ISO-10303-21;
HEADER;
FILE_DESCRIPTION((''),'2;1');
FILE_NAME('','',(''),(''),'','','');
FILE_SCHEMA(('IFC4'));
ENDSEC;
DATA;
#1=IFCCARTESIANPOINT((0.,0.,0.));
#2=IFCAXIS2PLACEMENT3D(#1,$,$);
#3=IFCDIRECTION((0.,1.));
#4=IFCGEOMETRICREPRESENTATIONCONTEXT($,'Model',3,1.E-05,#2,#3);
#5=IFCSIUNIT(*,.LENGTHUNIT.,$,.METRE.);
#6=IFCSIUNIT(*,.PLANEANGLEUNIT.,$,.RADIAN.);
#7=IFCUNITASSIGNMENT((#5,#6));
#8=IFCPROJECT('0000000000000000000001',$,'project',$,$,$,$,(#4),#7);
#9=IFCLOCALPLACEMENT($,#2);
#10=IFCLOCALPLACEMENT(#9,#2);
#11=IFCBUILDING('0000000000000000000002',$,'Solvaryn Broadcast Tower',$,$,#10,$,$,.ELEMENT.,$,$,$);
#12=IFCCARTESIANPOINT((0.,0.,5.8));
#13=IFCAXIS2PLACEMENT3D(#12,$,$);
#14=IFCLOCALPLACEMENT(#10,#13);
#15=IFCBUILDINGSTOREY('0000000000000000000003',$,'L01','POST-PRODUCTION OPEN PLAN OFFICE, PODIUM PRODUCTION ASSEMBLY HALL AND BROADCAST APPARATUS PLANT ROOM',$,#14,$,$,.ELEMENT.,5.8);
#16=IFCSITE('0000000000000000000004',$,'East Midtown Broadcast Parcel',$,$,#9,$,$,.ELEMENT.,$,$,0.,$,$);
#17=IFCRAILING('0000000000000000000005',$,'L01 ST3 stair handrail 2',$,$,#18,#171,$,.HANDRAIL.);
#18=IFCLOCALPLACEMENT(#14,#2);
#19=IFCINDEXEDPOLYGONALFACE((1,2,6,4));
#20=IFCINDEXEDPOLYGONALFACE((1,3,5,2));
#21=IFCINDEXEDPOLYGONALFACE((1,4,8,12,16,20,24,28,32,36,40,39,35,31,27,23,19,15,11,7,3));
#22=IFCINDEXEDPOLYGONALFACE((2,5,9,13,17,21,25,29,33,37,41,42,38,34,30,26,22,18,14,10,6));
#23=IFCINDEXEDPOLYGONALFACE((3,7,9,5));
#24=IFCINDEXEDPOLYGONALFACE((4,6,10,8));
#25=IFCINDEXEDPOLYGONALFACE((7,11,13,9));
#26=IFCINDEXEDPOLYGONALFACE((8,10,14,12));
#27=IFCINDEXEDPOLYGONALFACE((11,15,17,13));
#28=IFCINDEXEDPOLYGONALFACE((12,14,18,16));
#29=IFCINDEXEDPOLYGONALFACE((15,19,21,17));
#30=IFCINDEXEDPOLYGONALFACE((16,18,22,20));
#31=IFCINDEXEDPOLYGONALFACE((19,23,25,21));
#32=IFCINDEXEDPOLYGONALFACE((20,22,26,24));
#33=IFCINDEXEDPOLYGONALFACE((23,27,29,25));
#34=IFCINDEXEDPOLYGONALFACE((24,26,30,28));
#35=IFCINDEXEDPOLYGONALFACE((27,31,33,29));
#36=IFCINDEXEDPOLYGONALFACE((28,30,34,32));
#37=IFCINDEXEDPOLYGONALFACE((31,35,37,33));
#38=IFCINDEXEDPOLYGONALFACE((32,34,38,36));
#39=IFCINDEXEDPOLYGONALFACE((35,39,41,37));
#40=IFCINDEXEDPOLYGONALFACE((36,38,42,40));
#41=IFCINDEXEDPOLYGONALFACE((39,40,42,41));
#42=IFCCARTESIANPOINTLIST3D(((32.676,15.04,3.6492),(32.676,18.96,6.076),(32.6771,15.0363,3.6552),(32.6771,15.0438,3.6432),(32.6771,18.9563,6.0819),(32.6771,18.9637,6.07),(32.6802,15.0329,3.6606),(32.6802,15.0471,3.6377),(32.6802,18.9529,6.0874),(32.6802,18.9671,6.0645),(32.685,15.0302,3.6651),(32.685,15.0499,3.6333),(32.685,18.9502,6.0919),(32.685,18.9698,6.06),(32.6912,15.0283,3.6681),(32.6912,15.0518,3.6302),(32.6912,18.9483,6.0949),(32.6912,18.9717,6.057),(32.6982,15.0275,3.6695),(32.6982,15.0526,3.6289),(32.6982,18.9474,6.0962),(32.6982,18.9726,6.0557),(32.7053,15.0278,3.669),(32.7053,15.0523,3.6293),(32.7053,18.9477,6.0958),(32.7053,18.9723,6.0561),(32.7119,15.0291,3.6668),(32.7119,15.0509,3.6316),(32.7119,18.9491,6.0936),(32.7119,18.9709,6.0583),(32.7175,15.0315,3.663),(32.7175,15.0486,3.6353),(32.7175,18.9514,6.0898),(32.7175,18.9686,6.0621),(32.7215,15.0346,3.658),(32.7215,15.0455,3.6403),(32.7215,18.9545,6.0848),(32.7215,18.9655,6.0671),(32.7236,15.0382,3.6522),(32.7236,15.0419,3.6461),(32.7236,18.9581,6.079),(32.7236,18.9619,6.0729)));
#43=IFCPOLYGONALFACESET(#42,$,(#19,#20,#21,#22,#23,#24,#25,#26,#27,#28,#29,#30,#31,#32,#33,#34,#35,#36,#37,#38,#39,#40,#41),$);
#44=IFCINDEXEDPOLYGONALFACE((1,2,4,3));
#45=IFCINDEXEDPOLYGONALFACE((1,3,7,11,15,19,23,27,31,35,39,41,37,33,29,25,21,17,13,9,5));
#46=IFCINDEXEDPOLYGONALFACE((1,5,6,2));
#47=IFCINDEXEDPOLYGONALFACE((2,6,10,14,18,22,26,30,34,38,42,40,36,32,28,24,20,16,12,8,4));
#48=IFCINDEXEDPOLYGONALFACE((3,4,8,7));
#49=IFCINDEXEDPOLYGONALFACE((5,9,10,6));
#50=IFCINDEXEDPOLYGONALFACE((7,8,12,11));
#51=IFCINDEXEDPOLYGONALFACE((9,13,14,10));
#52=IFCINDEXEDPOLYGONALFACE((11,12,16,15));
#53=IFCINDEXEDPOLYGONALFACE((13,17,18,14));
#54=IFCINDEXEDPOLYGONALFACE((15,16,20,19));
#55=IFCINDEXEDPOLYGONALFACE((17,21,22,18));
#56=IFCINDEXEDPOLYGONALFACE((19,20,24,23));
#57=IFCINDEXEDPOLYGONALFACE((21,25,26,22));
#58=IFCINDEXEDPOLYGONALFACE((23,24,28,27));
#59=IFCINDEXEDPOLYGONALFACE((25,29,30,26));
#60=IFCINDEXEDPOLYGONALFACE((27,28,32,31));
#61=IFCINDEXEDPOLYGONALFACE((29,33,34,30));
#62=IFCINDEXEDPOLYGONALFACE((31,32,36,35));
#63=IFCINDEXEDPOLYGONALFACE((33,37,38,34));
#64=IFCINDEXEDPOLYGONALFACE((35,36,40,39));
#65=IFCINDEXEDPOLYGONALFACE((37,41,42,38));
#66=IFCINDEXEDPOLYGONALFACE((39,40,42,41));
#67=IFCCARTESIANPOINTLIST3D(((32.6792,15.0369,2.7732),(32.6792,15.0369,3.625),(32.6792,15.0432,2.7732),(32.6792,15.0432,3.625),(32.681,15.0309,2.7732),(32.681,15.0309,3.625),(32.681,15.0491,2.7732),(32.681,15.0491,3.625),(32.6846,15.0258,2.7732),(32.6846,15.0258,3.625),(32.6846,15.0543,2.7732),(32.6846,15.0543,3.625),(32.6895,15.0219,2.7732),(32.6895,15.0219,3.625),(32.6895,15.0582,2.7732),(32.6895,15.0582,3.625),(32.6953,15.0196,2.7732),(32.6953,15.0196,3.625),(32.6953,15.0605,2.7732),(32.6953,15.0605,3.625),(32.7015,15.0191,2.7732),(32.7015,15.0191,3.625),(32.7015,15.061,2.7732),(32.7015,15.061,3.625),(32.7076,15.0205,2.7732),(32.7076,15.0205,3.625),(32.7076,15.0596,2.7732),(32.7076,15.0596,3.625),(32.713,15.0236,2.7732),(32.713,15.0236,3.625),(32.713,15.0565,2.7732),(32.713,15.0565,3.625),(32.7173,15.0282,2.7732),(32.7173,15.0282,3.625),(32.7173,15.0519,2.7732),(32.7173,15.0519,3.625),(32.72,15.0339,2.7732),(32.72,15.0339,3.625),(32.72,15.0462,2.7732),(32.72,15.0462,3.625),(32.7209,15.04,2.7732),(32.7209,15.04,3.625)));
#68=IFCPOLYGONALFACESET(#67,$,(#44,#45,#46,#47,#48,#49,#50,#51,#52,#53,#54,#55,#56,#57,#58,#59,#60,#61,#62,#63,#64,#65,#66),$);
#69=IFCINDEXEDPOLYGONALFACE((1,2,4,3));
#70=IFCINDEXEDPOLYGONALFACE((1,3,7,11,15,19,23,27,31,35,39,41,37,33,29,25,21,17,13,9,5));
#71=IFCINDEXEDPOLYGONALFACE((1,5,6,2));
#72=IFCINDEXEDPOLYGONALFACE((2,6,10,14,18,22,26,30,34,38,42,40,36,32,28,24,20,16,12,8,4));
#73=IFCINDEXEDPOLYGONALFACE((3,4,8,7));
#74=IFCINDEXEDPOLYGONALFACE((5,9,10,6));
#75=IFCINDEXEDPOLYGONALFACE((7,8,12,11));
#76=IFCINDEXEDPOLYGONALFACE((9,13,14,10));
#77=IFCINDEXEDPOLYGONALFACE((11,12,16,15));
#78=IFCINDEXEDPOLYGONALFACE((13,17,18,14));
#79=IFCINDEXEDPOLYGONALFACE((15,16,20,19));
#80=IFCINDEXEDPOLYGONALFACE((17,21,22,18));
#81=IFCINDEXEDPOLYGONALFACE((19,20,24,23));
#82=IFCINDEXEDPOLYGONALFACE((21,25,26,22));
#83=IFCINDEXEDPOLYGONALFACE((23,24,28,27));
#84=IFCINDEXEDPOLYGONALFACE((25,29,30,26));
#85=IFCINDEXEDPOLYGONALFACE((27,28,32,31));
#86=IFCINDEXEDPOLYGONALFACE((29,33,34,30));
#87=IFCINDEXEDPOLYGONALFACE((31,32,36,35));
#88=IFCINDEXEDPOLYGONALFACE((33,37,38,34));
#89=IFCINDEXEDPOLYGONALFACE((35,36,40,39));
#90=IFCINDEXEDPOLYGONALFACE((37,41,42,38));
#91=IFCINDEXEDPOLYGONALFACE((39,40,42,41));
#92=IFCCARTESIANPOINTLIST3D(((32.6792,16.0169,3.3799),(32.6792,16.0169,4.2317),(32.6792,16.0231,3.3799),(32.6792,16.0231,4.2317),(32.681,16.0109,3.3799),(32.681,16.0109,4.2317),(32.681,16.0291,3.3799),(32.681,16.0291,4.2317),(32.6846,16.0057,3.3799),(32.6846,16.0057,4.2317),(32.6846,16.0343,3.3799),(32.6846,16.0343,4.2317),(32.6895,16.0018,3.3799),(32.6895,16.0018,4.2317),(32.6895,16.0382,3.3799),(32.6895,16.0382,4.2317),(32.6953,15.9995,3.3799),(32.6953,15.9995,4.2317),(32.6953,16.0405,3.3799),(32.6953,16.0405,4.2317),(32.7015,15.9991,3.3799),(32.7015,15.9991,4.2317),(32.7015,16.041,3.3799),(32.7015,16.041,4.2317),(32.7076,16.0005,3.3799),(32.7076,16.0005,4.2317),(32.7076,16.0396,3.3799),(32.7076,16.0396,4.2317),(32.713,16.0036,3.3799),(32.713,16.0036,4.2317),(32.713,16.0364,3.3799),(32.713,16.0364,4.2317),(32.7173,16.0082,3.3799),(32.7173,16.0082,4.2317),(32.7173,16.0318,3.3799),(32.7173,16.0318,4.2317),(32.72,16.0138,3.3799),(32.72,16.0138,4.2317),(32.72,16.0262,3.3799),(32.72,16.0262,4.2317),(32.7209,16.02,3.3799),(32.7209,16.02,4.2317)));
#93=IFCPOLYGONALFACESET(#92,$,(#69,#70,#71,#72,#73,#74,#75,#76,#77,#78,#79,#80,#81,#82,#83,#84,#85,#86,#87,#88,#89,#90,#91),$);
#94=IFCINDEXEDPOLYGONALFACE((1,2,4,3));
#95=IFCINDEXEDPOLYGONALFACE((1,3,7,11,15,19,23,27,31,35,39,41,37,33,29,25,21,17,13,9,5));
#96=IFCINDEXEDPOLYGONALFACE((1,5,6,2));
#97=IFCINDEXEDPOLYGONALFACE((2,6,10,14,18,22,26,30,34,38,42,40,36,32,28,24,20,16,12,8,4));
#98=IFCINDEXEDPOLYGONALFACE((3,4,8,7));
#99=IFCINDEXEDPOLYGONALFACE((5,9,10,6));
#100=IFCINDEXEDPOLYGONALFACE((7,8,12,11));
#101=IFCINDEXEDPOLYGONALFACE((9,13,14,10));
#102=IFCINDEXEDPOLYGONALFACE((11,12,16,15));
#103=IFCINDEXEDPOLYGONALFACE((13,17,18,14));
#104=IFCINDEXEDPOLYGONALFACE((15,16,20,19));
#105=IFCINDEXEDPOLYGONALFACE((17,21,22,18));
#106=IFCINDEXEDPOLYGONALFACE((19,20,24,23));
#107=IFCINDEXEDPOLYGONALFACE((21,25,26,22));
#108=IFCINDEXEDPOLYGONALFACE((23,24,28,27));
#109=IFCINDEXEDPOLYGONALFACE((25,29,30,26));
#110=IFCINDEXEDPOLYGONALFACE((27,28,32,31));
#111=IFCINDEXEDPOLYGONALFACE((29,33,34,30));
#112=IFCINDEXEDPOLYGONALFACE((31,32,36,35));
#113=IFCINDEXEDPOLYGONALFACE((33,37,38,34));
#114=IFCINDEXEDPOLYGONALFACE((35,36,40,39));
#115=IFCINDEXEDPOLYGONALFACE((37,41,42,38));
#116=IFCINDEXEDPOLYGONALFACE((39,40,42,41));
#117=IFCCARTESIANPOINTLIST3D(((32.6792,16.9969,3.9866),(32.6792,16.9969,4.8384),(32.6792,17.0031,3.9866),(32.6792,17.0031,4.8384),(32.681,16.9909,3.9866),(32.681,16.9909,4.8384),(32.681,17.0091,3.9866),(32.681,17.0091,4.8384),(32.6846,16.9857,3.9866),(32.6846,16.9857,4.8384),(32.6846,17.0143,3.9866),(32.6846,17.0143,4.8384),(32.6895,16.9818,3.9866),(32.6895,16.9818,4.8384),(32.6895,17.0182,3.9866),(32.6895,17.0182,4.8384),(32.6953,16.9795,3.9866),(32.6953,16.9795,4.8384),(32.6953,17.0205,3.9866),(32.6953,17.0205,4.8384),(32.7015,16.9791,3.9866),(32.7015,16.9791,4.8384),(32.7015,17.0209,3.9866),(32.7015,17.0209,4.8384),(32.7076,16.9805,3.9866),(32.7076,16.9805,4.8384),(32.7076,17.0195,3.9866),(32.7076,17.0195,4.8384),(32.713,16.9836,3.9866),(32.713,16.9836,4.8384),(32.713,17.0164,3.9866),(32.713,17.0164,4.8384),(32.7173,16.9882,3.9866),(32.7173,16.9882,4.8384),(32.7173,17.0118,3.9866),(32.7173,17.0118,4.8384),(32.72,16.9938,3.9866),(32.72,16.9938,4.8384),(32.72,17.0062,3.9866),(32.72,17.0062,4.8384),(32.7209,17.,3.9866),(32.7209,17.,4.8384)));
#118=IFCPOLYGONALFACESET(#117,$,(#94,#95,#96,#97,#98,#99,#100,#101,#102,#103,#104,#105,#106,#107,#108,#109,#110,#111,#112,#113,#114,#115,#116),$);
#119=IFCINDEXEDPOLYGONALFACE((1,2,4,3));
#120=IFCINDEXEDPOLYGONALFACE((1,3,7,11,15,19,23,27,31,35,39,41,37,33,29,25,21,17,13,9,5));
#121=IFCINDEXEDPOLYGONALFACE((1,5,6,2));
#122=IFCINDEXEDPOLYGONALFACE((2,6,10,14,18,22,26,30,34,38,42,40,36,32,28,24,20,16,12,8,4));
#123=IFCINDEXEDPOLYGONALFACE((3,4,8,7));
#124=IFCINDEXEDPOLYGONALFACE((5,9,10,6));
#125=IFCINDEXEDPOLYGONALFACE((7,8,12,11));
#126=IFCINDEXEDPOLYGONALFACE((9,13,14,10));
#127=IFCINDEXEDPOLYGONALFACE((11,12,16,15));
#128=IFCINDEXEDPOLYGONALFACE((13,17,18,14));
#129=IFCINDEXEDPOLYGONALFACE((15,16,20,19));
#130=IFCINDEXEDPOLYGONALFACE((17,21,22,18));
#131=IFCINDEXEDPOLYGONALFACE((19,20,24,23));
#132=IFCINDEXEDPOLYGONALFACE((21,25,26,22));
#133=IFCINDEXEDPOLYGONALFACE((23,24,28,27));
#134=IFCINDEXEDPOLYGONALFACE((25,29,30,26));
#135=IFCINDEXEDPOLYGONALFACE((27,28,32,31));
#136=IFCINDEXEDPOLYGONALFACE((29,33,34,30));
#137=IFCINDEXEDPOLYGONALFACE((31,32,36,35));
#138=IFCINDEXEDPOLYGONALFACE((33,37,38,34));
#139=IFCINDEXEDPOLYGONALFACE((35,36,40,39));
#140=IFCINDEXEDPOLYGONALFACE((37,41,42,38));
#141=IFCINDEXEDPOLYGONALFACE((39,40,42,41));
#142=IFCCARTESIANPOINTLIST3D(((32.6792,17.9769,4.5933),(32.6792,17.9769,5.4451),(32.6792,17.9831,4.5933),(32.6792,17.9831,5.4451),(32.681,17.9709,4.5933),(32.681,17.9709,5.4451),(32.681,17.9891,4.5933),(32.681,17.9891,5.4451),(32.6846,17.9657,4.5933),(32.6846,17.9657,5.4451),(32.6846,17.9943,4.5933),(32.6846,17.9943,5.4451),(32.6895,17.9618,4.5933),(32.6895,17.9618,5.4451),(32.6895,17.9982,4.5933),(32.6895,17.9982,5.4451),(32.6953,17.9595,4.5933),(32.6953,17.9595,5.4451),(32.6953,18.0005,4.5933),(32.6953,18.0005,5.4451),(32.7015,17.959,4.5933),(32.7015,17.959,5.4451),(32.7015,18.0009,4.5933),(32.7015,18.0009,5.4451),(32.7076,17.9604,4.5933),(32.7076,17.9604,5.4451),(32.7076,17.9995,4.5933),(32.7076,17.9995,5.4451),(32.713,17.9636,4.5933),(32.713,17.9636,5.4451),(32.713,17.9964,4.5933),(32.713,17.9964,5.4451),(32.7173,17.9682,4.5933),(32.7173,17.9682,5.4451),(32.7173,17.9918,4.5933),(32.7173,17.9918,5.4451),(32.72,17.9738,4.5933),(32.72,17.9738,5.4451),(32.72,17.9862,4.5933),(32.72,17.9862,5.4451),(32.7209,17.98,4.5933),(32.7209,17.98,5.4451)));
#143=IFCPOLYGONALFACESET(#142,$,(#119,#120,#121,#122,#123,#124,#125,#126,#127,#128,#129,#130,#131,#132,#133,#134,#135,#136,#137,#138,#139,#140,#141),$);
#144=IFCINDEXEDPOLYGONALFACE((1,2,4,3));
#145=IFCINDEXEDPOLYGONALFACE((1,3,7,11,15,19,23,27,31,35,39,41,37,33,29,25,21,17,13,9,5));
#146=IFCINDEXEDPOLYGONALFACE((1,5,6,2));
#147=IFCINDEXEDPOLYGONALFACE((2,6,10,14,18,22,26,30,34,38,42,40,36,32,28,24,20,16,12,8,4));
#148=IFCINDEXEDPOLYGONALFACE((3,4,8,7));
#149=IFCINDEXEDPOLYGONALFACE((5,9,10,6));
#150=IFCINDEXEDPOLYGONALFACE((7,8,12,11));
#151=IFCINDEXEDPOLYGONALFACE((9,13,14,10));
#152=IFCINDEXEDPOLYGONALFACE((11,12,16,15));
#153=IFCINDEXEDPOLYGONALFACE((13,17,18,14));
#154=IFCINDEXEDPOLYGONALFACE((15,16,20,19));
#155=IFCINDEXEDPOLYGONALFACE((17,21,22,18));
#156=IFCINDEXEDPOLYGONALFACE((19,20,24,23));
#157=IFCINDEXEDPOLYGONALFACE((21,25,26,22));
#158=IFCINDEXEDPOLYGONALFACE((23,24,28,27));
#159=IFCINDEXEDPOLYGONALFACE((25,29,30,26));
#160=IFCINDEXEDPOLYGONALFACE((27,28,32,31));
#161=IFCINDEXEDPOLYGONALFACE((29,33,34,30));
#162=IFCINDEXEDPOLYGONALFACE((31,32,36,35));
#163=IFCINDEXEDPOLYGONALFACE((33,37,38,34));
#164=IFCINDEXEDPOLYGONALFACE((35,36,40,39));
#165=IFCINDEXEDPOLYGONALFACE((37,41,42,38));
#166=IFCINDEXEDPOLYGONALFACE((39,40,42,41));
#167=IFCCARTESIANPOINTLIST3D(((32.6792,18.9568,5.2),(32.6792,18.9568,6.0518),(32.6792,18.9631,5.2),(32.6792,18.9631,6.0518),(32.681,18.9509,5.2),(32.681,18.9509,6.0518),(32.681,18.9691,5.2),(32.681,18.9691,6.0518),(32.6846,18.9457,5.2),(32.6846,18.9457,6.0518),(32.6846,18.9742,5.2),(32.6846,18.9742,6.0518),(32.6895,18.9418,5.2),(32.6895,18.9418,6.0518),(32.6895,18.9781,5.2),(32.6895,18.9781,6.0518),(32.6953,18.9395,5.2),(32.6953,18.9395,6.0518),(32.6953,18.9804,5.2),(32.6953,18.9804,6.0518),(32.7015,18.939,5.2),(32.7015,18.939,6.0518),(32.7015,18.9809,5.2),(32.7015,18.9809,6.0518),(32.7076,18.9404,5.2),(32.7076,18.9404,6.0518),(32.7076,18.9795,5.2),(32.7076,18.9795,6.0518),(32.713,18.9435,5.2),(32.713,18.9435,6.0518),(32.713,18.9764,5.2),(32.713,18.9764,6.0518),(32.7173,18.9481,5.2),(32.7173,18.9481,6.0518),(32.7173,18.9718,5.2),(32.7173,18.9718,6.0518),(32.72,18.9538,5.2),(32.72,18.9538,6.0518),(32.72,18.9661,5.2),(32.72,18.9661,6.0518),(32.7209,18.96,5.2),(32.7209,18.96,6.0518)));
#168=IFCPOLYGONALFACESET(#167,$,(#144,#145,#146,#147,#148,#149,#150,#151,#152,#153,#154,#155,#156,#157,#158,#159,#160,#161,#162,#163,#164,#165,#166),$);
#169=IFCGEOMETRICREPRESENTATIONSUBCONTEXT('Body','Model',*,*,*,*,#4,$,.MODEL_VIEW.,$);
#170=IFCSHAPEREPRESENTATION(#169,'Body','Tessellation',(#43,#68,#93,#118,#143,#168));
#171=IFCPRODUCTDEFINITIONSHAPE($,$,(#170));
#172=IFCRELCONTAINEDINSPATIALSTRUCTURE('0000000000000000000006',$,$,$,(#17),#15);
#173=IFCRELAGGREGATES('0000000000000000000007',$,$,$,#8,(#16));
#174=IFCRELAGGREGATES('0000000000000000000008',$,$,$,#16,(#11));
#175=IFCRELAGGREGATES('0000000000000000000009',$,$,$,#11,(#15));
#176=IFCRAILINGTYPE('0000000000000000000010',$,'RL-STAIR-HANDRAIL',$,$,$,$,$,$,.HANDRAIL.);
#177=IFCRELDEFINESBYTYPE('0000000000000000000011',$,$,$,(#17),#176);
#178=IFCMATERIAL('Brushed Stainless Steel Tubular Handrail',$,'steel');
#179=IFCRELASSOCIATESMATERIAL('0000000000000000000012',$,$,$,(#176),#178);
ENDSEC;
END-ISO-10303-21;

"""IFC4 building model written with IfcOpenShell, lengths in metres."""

from ifc_helpers import new_model, si_unit, direction, frame, origin, origin_2d, place, context, subcontext, project, spatial, circle, extrude, material, type_object, element, save


model = new_model("IFC4")

# Units and contexts
model_context = context("Model", 3, precision=1e-05, world=origin(), true_north=direction((0.0, 1.0)))
body_context = subcontext(model_context, "Body", "Model", "MODEL_VIEW")
ifc_project = project(units=[si_unit("LENGTHUNIT", "METRE"), si_unit("PLANEANGLEUNIT", "RADIAN")], contexts=[model_context])

# Site, building, storey
site_placement = place(None, origin())
site = spatial("IfcSite", under=ifc_project, at=site_placement, Name="East Midtown Broadcast Parcel", CompositionType="ELEMENT", RefElevation=0.0)
building_placement = place(site_placement, origin())
building = spatial("IfcBuilding", under=site, at=building_placement, Name="Solvaryn Broadcast Tower", CompositionType="ELEMENT")
storey_placement = place(building_placement, frame((0.0, 0.0, 5.8)))
storey = spatial("IfcBuildingStorey", under=building, at=storey_placement, Name="L01", Description="POST-PRODUCTION OPEN PLAN OFFICE, PODIUM PRODUCTION ASSEMBLY HALL AND BROADCAST APPARATUS PLANT ROOM", CompositionType="ELEMENT", Elevation=5.8)

# Railing
ifc_material_1 = material(Name="Brushed Stainless Steel Tubular Handrail", Category="steel")
railing_type_1 = type_object("IfcRailingType", Name="RL-STAIR-HANDRAIL", PredefinedType="HANDRAIL", material=ifc_material_1)
railing_1_placement = place(storey_placement, frame((32.7, 15.04, 2.7732)))
element("IfcRailing", 1, at=railing_1_placement, inside=storey, type_object=railing_type_1, Name="L01 ST3 stair handrail 2", PredefinedType="HANDRAIL", context=body_context, shape_type="SweptSolid", body=[
    extrude(circle(Radius=0.0239, at=origin_2d()), frame((0.0, 0.0, 0.876), z_axis=(0.0, 0.850252, 0.526376), x_axis=(-1.0, 0.0, 0.0)), (0.0, 0.0, 1.0), 4.6104),
    extrude(circle(Radius=0.021, at=origin_2d()), origin(), (0.0, 0.0, 1.0), 0.8518),
    extrude(circle(Radius=0.021, at=origin_2d()), frame((0.0, 0.98, 0.6067)), (0.0, 0.0, 1.0), 0.8518),
    extrude(circle(Radius=0.021, at=origin_2d()), frame((0.0, 1.96, 1.2134)), (0.0, 0.0, 1.0), 0.8518),
    extrude(circle(Radius=0.021, at=origin_2d()), frame((0.0, 2.9399, 1.8201)), (0.0, 0.0, 1.0), 0.8518),
    extrude(circle(Radius=0.021, at=origin_2d()), frame((0.0, 3.9199, 2.4268)), (0.0, 0.0, 1.0), 0.8518),
])

save(model, "model.ifc")
